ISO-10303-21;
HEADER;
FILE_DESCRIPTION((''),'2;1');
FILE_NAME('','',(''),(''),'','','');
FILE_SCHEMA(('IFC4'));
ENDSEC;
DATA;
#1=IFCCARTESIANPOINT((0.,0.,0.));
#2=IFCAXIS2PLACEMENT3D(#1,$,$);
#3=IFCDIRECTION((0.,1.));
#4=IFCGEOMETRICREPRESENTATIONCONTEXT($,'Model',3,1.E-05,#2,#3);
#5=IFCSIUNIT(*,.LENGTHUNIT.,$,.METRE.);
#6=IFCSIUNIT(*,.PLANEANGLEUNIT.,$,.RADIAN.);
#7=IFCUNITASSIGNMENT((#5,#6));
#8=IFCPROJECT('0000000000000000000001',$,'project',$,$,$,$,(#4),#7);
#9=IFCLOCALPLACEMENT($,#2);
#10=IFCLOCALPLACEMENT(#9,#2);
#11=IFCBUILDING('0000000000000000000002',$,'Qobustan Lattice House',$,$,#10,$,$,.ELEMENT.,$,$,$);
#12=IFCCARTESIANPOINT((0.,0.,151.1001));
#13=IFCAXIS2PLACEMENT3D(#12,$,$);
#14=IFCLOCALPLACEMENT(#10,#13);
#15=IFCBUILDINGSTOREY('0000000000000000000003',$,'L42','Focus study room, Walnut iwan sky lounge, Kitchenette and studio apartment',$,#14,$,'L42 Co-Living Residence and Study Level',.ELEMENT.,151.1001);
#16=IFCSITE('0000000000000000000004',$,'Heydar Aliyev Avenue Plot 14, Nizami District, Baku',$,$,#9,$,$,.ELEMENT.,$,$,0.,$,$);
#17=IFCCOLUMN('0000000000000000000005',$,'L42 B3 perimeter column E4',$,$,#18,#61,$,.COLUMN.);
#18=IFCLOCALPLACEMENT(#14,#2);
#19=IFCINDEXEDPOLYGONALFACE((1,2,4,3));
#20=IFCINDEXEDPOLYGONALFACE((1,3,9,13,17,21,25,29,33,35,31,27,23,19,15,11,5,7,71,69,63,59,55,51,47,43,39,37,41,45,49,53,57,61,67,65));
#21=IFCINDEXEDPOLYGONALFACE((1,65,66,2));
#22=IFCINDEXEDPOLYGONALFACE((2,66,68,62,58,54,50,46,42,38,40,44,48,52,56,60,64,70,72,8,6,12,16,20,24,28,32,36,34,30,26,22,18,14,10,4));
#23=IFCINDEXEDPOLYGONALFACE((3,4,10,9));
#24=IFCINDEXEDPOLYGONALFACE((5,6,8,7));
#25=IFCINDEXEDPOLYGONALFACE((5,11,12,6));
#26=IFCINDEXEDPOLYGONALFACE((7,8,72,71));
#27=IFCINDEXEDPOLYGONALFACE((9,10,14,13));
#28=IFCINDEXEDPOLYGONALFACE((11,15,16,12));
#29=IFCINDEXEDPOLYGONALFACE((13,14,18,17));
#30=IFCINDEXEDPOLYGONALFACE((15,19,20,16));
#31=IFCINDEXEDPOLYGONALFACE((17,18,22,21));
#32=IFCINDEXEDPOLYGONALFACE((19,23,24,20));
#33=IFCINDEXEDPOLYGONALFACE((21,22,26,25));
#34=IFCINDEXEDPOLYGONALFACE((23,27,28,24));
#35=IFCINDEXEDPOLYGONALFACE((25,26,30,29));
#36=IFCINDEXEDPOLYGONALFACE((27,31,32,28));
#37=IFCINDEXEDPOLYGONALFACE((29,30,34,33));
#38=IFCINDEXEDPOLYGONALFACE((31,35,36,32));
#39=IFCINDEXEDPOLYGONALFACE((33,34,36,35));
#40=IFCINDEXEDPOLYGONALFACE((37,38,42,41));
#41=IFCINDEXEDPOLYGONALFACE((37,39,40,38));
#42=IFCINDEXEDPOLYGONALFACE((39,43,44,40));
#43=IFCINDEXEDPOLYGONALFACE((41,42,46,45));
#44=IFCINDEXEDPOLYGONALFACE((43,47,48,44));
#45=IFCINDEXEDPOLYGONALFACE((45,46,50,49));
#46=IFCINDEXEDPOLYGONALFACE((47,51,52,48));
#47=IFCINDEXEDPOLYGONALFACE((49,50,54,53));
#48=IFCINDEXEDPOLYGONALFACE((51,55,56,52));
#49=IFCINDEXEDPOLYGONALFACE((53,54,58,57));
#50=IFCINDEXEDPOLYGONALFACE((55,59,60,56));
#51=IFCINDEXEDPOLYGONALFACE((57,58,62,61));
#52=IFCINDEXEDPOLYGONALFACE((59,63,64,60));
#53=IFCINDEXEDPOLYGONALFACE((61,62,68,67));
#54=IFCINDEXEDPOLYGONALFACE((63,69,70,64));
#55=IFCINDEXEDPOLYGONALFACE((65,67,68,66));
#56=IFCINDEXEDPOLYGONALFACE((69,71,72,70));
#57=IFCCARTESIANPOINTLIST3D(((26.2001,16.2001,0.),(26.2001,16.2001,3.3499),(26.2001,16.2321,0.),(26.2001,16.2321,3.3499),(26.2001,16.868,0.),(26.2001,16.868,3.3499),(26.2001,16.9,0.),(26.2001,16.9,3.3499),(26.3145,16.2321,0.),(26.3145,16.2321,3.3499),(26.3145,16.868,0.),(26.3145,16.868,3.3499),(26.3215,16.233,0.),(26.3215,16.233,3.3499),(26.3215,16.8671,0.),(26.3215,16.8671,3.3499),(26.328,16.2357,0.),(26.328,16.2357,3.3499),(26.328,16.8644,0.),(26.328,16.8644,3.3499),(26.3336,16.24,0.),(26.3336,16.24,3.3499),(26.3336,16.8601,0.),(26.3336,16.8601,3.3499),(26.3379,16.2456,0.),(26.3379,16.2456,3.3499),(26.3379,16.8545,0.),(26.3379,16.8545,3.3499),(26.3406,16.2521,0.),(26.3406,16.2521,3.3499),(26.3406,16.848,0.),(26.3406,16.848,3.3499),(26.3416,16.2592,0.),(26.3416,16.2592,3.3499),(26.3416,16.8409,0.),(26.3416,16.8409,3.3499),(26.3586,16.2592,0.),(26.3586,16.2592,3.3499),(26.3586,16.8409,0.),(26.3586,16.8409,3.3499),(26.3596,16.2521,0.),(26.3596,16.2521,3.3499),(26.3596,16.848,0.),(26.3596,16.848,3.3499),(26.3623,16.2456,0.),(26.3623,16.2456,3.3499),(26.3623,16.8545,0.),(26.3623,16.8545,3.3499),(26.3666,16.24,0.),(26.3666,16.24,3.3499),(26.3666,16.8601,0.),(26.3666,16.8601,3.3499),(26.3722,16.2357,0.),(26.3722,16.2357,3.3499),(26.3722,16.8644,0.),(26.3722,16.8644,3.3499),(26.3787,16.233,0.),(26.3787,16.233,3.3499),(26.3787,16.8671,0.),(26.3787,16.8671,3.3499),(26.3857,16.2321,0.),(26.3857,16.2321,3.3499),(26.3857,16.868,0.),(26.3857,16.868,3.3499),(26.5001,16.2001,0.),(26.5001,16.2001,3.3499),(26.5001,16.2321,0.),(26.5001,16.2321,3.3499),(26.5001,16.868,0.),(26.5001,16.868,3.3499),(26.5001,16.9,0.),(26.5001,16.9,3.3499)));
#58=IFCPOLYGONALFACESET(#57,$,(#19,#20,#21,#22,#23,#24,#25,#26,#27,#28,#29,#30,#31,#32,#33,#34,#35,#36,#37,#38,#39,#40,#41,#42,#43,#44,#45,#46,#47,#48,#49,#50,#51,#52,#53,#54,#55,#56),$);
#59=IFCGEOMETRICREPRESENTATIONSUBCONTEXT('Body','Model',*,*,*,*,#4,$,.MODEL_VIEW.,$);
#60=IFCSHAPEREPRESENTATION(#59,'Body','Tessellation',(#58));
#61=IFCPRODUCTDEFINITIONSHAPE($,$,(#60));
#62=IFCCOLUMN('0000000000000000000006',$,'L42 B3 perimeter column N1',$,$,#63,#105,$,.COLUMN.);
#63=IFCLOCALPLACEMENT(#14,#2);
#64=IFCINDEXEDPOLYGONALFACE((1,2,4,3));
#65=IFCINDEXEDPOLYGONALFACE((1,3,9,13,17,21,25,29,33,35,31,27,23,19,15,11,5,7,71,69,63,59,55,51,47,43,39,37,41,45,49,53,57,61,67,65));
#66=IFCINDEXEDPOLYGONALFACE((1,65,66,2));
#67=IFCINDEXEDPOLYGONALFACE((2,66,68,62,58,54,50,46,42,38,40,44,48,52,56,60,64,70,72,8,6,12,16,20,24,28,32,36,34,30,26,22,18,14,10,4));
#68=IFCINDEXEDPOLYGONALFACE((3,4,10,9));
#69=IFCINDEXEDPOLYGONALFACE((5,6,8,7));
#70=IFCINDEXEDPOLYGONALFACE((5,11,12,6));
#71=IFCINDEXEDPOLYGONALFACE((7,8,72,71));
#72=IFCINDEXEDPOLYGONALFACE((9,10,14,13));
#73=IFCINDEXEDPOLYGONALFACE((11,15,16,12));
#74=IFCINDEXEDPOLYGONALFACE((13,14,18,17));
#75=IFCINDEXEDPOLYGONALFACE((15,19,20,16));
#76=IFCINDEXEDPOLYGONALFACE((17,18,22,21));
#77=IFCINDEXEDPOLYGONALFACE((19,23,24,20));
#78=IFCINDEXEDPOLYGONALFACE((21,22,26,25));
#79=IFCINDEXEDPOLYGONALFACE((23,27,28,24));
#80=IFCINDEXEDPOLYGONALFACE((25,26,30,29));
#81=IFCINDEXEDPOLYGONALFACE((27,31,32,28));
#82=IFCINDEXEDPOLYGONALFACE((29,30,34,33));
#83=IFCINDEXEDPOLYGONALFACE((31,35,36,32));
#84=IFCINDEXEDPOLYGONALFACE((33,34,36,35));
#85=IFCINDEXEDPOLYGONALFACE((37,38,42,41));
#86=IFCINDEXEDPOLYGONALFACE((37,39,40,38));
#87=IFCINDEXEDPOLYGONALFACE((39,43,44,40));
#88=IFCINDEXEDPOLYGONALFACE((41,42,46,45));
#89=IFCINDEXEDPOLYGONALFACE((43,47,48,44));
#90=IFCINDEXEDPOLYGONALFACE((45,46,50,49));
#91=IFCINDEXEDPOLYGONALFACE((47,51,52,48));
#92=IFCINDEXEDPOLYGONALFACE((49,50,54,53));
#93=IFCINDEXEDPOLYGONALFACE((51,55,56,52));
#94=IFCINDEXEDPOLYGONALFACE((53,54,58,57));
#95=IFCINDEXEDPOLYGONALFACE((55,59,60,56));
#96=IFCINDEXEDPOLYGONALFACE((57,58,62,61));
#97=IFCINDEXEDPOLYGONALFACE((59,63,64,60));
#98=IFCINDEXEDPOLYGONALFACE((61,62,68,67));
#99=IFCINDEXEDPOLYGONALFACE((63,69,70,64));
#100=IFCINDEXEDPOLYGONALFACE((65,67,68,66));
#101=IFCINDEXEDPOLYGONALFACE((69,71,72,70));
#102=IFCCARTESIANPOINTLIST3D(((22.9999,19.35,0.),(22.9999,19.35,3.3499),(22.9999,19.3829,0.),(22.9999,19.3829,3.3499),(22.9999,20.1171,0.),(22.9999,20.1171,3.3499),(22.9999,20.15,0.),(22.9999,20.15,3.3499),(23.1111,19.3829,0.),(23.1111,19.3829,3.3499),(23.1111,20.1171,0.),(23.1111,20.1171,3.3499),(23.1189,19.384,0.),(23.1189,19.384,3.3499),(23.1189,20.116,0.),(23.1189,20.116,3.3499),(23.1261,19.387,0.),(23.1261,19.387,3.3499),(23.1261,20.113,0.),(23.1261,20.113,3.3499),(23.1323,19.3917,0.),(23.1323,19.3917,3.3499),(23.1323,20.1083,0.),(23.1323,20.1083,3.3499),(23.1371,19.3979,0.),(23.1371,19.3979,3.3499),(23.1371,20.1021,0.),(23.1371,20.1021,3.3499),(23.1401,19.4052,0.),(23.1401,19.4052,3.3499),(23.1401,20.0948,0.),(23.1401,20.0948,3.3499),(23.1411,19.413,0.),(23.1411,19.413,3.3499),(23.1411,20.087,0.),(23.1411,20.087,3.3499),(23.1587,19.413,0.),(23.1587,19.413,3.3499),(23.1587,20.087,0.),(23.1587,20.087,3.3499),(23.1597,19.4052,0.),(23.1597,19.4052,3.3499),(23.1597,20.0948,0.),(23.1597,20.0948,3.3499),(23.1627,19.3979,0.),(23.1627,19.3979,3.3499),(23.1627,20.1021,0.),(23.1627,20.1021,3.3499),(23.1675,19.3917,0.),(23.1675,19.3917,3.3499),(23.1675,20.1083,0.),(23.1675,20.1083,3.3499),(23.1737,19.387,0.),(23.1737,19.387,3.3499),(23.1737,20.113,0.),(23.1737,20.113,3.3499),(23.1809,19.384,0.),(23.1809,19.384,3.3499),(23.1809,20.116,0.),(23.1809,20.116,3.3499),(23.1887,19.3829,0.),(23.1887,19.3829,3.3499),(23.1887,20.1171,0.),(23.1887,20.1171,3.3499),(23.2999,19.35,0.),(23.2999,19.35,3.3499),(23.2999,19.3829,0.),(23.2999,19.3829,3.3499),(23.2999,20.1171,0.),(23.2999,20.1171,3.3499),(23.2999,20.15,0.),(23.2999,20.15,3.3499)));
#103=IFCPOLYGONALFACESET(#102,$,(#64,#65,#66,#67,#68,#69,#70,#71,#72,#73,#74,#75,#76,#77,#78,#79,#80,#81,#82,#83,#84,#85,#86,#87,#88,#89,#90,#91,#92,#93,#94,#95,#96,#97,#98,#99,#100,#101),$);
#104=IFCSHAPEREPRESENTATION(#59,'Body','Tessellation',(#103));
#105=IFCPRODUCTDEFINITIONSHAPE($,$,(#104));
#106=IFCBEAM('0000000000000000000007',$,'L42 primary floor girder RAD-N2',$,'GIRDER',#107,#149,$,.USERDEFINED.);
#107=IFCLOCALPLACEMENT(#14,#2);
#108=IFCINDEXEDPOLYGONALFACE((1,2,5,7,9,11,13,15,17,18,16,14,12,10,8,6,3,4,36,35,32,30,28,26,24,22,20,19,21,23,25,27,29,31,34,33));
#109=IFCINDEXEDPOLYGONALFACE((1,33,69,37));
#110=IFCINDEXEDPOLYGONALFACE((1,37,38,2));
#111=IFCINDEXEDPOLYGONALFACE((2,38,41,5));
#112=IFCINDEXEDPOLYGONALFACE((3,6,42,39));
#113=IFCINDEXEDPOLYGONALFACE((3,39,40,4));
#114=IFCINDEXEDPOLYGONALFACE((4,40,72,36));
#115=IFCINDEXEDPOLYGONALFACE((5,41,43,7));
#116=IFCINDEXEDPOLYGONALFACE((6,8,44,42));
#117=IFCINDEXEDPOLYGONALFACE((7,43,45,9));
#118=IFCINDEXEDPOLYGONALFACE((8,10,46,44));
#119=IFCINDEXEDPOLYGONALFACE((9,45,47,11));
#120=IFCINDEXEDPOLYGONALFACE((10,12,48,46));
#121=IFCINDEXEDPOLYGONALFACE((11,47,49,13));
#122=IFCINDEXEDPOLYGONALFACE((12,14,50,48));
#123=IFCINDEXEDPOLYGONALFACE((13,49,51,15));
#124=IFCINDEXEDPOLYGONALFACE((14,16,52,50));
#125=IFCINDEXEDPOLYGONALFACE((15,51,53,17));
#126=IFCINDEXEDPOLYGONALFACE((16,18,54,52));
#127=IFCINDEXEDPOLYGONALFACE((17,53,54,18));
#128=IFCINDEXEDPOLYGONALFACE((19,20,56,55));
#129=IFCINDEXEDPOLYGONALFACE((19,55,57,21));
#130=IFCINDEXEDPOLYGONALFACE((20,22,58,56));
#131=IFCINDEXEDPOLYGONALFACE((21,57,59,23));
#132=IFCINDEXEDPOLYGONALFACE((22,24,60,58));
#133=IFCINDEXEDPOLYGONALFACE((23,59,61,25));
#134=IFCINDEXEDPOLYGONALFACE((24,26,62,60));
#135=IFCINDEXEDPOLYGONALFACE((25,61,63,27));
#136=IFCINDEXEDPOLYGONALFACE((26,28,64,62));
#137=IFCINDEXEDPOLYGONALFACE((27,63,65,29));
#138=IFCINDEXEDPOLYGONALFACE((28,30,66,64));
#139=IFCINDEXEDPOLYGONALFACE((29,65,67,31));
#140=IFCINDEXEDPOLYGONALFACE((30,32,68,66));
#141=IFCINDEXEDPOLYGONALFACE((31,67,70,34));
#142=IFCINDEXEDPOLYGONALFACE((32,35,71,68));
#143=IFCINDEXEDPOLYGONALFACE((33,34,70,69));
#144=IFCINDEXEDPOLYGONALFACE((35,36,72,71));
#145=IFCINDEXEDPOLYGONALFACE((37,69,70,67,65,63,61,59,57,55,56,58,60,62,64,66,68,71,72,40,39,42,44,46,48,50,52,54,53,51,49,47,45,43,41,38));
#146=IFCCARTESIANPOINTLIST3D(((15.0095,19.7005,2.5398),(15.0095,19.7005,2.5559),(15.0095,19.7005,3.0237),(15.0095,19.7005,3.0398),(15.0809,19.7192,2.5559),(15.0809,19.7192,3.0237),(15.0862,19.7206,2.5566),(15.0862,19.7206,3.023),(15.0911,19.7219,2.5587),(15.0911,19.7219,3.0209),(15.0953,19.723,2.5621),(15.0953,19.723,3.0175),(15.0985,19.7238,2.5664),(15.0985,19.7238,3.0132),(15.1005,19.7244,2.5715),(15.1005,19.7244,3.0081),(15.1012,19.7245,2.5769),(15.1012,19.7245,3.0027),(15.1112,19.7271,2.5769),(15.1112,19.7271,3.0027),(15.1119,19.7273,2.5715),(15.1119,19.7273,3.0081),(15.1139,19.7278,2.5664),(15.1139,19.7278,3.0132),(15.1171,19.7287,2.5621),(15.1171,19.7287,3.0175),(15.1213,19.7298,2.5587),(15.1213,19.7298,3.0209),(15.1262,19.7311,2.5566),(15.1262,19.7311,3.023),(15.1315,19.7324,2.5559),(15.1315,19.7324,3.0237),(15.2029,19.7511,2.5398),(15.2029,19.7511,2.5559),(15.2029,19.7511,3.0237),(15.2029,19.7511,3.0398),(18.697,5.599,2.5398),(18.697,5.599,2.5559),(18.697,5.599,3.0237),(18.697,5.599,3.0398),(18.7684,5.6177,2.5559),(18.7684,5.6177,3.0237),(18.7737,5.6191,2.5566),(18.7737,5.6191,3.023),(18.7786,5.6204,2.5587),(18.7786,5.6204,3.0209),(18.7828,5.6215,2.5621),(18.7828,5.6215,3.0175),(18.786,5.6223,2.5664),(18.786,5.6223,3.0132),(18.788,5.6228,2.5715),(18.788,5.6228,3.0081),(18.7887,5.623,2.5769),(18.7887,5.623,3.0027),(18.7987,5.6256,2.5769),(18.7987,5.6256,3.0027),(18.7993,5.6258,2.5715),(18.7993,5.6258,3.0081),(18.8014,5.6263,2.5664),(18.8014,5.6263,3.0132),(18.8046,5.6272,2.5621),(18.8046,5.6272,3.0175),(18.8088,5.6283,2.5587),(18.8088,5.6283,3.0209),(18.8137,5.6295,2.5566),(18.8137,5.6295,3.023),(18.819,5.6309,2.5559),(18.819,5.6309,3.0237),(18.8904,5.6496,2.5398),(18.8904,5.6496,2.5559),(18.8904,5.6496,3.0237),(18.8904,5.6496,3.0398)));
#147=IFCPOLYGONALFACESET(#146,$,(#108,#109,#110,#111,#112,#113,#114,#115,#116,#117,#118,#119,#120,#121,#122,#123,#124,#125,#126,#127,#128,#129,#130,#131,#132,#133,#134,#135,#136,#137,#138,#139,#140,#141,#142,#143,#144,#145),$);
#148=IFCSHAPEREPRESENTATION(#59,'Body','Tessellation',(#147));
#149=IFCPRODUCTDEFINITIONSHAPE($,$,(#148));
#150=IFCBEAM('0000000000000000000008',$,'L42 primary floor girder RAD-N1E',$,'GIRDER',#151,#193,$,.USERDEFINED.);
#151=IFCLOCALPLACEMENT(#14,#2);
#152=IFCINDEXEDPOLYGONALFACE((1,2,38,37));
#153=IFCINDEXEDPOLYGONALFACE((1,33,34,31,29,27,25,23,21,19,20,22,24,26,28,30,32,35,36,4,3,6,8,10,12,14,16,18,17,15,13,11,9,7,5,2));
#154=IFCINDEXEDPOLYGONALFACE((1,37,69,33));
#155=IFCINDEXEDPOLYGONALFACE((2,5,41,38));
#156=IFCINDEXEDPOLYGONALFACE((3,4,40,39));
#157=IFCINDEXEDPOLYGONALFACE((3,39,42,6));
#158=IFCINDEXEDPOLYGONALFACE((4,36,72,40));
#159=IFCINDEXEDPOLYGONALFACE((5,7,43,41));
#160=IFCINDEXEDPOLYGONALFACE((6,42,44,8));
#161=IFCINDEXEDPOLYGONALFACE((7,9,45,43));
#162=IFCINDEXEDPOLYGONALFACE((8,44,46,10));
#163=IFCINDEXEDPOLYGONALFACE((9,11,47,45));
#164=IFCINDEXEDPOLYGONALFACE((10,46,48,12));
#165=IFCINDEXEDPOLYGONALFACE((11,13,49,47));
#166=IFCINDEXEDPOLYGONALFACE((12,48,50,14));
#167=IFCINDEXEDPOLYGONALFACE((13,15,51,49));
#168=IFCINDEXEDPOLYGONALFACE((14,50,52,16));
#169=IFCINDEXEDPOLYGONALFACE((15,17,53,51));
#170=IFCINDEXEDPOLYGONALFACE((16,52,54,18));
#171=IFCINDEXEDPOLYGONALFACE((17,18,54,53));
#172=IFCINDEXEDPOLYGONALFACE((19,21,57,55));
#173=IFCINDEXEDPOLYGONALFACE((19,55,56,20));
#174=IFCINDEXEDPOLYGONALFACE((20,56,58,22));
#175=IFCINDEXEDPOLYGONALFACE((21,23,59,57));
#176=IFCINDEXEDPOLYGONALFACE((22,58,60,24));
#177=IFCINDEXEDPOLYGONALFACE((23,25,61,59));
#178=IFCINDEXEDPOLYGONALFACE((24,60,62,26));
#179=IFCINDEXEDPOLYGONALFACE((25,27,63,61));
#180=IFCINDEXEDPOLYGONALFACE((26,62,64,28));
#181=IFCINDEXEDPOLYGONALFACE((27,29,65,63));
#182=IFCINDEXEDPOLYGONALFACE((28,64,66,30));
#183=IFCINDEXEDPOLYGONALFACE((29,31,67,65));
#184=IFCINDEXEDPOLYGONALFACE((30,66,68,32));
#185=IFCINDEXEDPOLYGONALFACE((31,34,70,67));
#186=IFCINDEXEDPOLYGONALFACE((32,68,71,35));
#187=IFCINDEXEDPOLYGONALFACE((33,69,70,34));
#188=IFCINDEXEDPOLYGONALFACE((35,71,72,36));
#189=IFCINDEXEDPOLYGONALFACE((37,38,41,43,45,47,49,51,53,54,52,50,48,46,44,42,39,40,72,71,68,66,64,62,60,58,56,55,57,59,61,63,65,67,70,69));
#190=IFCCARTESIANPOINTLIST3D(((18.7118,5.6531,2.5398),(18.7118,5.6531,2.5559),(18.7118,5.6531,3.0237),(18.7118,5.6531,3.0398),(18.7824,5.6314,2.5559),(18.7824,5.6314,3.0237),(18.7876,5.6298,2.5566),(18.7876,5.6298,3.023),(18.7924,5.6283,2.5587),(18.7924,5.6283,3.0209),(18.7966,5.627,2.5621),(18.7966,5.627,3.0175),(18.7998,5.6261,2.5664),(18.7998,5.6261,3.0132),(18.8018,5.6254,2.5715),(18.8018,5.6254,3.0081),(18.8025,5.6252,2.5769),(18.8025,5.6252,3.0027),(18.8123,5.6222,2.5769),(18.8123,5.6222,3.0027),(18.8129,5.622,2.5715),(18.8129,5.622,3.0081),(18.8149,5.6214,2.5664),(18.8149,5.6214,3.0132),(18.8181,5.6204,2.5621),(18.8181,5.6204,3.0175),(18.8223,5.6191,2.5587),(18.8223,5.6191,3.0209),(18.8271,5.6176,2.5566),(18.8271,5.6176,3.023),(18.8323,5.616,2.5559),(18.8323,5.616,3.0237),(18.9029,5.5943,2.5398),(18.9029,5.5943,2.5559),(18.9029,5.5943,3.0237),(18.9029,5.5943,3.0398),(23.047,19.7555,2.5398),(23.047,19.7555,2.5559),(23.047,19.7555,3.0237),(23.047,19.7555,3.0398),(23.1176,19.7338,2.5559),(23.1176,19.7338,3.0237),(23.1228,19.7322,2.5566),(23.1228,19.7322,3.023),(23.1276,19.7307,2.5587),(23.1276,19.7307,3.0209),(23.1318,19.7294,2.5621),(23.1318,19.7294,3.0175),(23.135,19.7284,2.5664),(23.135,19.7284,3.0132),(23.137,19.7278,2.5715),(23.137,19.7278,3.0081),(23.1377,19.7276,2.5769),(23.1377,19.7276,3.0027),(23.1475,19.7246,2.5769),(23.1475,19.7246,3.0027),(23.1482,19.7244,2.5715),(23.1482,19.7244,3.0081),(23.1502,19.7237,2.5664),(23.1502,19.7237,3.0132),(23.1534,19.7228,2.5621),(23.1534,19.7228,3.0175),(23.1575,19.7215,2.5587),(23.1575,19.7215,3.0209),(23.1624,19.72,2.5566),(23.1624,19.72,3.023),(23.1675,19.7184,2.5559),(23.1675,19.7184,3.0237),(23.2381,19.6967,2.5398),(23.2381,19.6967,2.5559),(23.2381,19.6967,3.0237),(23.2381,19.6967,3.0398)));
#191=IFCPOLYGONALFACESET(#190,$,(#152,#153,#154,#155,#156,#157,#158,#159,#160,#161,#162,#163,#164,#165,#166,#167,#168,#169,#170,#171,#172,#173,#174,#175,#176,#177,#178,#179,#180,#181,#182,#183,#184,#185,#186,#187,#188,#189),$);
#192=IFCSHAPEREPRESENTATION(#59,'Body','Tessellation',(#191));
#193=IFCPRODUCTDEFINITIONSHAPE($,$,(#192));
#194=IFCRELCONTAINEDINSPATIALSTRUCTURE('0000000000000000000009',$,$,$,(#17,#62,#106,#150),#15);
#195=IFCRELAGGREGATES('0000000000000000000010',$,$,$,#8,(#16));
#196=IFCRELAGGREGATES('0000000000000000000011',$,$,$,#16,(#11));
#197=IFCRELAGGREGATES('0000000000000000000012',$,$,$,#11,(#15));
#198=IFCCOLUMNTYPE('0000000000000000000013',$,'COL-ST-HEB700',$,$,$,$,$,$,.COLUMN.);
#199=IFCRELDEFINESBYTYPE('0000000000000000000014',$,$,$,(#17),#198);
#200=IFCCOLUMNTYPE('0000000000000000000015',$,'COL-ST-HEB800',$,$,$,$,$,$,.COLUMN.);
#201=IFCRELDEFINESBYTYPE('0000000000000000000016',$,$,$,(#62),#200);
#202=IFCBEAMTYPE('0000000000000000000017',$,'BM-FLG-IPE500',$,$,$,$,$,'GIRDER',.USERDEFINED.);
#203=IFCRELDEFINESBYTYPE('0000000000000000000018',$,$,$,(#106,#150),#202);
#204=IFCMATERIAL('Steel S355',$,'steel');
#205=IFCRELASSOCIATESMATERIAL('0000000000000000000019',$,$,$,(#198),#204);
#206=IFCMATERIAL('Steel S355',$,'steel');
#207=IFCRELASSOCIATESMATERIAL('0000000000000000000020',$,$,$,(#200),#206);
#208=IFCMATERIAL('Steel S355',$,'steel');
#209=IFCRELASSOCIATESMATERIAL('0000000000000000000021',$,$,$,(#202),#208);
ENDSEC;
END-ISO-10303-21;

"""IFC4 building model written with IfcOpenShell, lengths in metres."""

from ifc_helpers import new_model, si_unit, direction, frame, origin, origin_2d, place, context, subcontext, project, spatial, i_section, extrude, material, material_profile, profile_set, type_object, element, save


model = new_model("IFC4")

# Units and contexts
model_context = context("Model", 3, precision=1e-05, world=origin(), true_north=direction((0.0, 1.0)))
body_context = subcontext(model_context, "Body", "Model", "MODEL_VIEW")
ifc_project = project(units=[si_unit("LENGTHUNIT", "METRE"), si_unit("PLANEANGLEUNIT", "RADIAN")], contexts=[model_context])

# Site, building, storey
site_placement = place(None, origin())
site = spatial("IfcSite", under=ifc_project, at=site_placement, Name="Heydar Aliyev Avenue Plot 14, Nizami District, Baku", CompositionType="ELEMENT", RefElevation=0.0)
building_placement = place(site_placement, origin())
building = spatial("IfcBuilding", under=site, at=building_placement, Name="Qobustan Lattice House", CompositionType="ELEMENT")
storey_placement = place(building_placement, frame((0.0, 0.0, 151.1001)))
storey = spatial("IfcBuildingStorey", under=building, at=storey_placement, Name="L42", Description="Focus study room, Walnut iwan sky lounge, Kitchenette and studio apartment", LongName="L42 Co-Living Residence and Study Level", CompositionType="ELEMENT", Elevation=151.1001)

# Columns
ifc_material_1 = material(Name="Steel S355", Category="steel")
ifc_material_profile_1 = material_profile(ifc_material_1, i_section(OverallWidth=0.3, OverallDepth=0.7, WebThickness=0.0171, FlangeThickness=0.032, FilletRadius=0.0271, at=origin_2d()), Name="HEB700")
ifc_profile_set_1 = profile_set([ifc_material_profile_1], Name="Steel S355")
column_type_1 = type_object("IfcColumnType", Name="COL-ST-HEB700", PredefinedType="COLUMN", material=ifc_profile_set_1)
column_1_placement = place(storey_placement, frame((26.3501, 16.55, 0.0), z_axis=(0.0, 0.0, 1.0), x_axis=(1.0, 0.0, 0.0)))
element("IfcColumn", 1, at=column_1_placement, inside=storey, type_object=column_type_1, Name="L42 B3 perimeter column E4", PredefinedType="COLUMN", context=body_context, shape_type="SweptSolid", body=[
    extrude(i_section(OverallWidth=0.3, OverallDepth=0.7, WebThickness=0.0171, FlangeThickness=0.032, FilletRadius=0.0271, at=origin_2d()), origin(), (0.0, 0.0, 1.0), 3.3499),
])
ifc_material_2 = material(Name="Steel S355", Category="steel")
ifc_material_profile_2 = material_profile(ifc_material_2, i_section(OverallWidth=0.3, OverallDepth=0.8, WebThickness=0.0176, FlangeThickness=0.033, FilletRadius=0.03, at=origin_2d()), Name="HEB800")
ifc_profile_set_2 = profile_set([ifc_material_profile_2], Name="Steel S355")
column_type_2 = type_object("IfcColumnType", Name="COL-ST-HEB800", PredefinedType="COLUMN", material=ifc_profile_set_2)
column_2_placement = place(storey_placement, frame((23.1499, 19.75, 0.0), z_axis=(0.0, 0.0, 1.0), x_axis=(1.0, 0.0, 0.0)))
element("IfcColumn", 2, at=column_2_placement, inside=storey, type_object=column_type_2, Name="L42 B3 perimeter column N1", PredefinedType="COLUMN", context=body_context, shape_type="SweptSolid", body=[
    extrude(i_section(OverallWidth=0.3, OverallDepth=0.8, WebThickness=0.0176, FlangeThickness=0.033, FilletRadius=0.03, at=origin_2d()), origin(), (0.0, 0.0, 1.0), 3.3499),
])

# Beams
ifc_material_3 = material(Name="Steel S355", Category="steel")
ifc_material_profile_3 = material_profile(ifc_material_3, i_section(OverallWidth=0.2, OverallDepth=0.5, WebThickness=0.0103, FlangeThickness=0.0161, FilletRadius=0.021, at=origin_2d()), Name="IPE500")
ifc_profile_set_3 = profile_set([ifc_material_profile_3], Name="Steel S355")
beam_type_1 = type_object("IfcBeamType", Name="BM-FLG-IPE500", ElementType="GIRDER", PredefinedType="USERDEFINED", material=ifc_profile_set_3)
beam_1_placement = place(storey_placement, frame((15.1062, 19.7258, 2.7898), z_axis=(0.252989, -0.967469, 0.0), x_axis=(0.967469, 0.252989, 0.0)))
element("IfcBeam", 3, at=beam_1_placement, inside=storey, type_object=beam_type_1, Name="L42 primary floor girder RAD-N2", ObjectType="GIRDER", PredefinedType="USERDEFINED", context=body_context, shape_type="SweptSolid", body=[
    extrude(i_section(OverallWidth=0.2, OverallDepth=0.5, WebThickness=0.0103, FlangeThickness=0.0161, FilletRadius=0.021, at=origin_2d()), origin(), (0.0, 0.0, 1.0), 14.5757),
])
beam_2_placement = place(storey_placement, frame((23.1426, 19.7261, 2.7898), z_axis=(-0.29384, -0.955854, 0.0), x_axis=(0.955854, -0.29384, 0.0)))
element("IfcBeam", 4, at=beam_2_placement, inside=storey, type_object=beam_type_1, Name="L42 primary floor girder RAD-N1E", ObjectType="GIRDER", PredefinedType="USERDEFINED", context=body_context, shape_type="SweptSolid", body=[
    extrude(i_section(OverallWidth=0.2, OverallDepth=0.5, WebThickness=0.0103, FlangeThickness=0.0161, FilletRadius=0.021, at=origin_2d()), origin(), (0.0, 0.0, 1.0), 14.7537),
])

save(model, "model.ifc")
